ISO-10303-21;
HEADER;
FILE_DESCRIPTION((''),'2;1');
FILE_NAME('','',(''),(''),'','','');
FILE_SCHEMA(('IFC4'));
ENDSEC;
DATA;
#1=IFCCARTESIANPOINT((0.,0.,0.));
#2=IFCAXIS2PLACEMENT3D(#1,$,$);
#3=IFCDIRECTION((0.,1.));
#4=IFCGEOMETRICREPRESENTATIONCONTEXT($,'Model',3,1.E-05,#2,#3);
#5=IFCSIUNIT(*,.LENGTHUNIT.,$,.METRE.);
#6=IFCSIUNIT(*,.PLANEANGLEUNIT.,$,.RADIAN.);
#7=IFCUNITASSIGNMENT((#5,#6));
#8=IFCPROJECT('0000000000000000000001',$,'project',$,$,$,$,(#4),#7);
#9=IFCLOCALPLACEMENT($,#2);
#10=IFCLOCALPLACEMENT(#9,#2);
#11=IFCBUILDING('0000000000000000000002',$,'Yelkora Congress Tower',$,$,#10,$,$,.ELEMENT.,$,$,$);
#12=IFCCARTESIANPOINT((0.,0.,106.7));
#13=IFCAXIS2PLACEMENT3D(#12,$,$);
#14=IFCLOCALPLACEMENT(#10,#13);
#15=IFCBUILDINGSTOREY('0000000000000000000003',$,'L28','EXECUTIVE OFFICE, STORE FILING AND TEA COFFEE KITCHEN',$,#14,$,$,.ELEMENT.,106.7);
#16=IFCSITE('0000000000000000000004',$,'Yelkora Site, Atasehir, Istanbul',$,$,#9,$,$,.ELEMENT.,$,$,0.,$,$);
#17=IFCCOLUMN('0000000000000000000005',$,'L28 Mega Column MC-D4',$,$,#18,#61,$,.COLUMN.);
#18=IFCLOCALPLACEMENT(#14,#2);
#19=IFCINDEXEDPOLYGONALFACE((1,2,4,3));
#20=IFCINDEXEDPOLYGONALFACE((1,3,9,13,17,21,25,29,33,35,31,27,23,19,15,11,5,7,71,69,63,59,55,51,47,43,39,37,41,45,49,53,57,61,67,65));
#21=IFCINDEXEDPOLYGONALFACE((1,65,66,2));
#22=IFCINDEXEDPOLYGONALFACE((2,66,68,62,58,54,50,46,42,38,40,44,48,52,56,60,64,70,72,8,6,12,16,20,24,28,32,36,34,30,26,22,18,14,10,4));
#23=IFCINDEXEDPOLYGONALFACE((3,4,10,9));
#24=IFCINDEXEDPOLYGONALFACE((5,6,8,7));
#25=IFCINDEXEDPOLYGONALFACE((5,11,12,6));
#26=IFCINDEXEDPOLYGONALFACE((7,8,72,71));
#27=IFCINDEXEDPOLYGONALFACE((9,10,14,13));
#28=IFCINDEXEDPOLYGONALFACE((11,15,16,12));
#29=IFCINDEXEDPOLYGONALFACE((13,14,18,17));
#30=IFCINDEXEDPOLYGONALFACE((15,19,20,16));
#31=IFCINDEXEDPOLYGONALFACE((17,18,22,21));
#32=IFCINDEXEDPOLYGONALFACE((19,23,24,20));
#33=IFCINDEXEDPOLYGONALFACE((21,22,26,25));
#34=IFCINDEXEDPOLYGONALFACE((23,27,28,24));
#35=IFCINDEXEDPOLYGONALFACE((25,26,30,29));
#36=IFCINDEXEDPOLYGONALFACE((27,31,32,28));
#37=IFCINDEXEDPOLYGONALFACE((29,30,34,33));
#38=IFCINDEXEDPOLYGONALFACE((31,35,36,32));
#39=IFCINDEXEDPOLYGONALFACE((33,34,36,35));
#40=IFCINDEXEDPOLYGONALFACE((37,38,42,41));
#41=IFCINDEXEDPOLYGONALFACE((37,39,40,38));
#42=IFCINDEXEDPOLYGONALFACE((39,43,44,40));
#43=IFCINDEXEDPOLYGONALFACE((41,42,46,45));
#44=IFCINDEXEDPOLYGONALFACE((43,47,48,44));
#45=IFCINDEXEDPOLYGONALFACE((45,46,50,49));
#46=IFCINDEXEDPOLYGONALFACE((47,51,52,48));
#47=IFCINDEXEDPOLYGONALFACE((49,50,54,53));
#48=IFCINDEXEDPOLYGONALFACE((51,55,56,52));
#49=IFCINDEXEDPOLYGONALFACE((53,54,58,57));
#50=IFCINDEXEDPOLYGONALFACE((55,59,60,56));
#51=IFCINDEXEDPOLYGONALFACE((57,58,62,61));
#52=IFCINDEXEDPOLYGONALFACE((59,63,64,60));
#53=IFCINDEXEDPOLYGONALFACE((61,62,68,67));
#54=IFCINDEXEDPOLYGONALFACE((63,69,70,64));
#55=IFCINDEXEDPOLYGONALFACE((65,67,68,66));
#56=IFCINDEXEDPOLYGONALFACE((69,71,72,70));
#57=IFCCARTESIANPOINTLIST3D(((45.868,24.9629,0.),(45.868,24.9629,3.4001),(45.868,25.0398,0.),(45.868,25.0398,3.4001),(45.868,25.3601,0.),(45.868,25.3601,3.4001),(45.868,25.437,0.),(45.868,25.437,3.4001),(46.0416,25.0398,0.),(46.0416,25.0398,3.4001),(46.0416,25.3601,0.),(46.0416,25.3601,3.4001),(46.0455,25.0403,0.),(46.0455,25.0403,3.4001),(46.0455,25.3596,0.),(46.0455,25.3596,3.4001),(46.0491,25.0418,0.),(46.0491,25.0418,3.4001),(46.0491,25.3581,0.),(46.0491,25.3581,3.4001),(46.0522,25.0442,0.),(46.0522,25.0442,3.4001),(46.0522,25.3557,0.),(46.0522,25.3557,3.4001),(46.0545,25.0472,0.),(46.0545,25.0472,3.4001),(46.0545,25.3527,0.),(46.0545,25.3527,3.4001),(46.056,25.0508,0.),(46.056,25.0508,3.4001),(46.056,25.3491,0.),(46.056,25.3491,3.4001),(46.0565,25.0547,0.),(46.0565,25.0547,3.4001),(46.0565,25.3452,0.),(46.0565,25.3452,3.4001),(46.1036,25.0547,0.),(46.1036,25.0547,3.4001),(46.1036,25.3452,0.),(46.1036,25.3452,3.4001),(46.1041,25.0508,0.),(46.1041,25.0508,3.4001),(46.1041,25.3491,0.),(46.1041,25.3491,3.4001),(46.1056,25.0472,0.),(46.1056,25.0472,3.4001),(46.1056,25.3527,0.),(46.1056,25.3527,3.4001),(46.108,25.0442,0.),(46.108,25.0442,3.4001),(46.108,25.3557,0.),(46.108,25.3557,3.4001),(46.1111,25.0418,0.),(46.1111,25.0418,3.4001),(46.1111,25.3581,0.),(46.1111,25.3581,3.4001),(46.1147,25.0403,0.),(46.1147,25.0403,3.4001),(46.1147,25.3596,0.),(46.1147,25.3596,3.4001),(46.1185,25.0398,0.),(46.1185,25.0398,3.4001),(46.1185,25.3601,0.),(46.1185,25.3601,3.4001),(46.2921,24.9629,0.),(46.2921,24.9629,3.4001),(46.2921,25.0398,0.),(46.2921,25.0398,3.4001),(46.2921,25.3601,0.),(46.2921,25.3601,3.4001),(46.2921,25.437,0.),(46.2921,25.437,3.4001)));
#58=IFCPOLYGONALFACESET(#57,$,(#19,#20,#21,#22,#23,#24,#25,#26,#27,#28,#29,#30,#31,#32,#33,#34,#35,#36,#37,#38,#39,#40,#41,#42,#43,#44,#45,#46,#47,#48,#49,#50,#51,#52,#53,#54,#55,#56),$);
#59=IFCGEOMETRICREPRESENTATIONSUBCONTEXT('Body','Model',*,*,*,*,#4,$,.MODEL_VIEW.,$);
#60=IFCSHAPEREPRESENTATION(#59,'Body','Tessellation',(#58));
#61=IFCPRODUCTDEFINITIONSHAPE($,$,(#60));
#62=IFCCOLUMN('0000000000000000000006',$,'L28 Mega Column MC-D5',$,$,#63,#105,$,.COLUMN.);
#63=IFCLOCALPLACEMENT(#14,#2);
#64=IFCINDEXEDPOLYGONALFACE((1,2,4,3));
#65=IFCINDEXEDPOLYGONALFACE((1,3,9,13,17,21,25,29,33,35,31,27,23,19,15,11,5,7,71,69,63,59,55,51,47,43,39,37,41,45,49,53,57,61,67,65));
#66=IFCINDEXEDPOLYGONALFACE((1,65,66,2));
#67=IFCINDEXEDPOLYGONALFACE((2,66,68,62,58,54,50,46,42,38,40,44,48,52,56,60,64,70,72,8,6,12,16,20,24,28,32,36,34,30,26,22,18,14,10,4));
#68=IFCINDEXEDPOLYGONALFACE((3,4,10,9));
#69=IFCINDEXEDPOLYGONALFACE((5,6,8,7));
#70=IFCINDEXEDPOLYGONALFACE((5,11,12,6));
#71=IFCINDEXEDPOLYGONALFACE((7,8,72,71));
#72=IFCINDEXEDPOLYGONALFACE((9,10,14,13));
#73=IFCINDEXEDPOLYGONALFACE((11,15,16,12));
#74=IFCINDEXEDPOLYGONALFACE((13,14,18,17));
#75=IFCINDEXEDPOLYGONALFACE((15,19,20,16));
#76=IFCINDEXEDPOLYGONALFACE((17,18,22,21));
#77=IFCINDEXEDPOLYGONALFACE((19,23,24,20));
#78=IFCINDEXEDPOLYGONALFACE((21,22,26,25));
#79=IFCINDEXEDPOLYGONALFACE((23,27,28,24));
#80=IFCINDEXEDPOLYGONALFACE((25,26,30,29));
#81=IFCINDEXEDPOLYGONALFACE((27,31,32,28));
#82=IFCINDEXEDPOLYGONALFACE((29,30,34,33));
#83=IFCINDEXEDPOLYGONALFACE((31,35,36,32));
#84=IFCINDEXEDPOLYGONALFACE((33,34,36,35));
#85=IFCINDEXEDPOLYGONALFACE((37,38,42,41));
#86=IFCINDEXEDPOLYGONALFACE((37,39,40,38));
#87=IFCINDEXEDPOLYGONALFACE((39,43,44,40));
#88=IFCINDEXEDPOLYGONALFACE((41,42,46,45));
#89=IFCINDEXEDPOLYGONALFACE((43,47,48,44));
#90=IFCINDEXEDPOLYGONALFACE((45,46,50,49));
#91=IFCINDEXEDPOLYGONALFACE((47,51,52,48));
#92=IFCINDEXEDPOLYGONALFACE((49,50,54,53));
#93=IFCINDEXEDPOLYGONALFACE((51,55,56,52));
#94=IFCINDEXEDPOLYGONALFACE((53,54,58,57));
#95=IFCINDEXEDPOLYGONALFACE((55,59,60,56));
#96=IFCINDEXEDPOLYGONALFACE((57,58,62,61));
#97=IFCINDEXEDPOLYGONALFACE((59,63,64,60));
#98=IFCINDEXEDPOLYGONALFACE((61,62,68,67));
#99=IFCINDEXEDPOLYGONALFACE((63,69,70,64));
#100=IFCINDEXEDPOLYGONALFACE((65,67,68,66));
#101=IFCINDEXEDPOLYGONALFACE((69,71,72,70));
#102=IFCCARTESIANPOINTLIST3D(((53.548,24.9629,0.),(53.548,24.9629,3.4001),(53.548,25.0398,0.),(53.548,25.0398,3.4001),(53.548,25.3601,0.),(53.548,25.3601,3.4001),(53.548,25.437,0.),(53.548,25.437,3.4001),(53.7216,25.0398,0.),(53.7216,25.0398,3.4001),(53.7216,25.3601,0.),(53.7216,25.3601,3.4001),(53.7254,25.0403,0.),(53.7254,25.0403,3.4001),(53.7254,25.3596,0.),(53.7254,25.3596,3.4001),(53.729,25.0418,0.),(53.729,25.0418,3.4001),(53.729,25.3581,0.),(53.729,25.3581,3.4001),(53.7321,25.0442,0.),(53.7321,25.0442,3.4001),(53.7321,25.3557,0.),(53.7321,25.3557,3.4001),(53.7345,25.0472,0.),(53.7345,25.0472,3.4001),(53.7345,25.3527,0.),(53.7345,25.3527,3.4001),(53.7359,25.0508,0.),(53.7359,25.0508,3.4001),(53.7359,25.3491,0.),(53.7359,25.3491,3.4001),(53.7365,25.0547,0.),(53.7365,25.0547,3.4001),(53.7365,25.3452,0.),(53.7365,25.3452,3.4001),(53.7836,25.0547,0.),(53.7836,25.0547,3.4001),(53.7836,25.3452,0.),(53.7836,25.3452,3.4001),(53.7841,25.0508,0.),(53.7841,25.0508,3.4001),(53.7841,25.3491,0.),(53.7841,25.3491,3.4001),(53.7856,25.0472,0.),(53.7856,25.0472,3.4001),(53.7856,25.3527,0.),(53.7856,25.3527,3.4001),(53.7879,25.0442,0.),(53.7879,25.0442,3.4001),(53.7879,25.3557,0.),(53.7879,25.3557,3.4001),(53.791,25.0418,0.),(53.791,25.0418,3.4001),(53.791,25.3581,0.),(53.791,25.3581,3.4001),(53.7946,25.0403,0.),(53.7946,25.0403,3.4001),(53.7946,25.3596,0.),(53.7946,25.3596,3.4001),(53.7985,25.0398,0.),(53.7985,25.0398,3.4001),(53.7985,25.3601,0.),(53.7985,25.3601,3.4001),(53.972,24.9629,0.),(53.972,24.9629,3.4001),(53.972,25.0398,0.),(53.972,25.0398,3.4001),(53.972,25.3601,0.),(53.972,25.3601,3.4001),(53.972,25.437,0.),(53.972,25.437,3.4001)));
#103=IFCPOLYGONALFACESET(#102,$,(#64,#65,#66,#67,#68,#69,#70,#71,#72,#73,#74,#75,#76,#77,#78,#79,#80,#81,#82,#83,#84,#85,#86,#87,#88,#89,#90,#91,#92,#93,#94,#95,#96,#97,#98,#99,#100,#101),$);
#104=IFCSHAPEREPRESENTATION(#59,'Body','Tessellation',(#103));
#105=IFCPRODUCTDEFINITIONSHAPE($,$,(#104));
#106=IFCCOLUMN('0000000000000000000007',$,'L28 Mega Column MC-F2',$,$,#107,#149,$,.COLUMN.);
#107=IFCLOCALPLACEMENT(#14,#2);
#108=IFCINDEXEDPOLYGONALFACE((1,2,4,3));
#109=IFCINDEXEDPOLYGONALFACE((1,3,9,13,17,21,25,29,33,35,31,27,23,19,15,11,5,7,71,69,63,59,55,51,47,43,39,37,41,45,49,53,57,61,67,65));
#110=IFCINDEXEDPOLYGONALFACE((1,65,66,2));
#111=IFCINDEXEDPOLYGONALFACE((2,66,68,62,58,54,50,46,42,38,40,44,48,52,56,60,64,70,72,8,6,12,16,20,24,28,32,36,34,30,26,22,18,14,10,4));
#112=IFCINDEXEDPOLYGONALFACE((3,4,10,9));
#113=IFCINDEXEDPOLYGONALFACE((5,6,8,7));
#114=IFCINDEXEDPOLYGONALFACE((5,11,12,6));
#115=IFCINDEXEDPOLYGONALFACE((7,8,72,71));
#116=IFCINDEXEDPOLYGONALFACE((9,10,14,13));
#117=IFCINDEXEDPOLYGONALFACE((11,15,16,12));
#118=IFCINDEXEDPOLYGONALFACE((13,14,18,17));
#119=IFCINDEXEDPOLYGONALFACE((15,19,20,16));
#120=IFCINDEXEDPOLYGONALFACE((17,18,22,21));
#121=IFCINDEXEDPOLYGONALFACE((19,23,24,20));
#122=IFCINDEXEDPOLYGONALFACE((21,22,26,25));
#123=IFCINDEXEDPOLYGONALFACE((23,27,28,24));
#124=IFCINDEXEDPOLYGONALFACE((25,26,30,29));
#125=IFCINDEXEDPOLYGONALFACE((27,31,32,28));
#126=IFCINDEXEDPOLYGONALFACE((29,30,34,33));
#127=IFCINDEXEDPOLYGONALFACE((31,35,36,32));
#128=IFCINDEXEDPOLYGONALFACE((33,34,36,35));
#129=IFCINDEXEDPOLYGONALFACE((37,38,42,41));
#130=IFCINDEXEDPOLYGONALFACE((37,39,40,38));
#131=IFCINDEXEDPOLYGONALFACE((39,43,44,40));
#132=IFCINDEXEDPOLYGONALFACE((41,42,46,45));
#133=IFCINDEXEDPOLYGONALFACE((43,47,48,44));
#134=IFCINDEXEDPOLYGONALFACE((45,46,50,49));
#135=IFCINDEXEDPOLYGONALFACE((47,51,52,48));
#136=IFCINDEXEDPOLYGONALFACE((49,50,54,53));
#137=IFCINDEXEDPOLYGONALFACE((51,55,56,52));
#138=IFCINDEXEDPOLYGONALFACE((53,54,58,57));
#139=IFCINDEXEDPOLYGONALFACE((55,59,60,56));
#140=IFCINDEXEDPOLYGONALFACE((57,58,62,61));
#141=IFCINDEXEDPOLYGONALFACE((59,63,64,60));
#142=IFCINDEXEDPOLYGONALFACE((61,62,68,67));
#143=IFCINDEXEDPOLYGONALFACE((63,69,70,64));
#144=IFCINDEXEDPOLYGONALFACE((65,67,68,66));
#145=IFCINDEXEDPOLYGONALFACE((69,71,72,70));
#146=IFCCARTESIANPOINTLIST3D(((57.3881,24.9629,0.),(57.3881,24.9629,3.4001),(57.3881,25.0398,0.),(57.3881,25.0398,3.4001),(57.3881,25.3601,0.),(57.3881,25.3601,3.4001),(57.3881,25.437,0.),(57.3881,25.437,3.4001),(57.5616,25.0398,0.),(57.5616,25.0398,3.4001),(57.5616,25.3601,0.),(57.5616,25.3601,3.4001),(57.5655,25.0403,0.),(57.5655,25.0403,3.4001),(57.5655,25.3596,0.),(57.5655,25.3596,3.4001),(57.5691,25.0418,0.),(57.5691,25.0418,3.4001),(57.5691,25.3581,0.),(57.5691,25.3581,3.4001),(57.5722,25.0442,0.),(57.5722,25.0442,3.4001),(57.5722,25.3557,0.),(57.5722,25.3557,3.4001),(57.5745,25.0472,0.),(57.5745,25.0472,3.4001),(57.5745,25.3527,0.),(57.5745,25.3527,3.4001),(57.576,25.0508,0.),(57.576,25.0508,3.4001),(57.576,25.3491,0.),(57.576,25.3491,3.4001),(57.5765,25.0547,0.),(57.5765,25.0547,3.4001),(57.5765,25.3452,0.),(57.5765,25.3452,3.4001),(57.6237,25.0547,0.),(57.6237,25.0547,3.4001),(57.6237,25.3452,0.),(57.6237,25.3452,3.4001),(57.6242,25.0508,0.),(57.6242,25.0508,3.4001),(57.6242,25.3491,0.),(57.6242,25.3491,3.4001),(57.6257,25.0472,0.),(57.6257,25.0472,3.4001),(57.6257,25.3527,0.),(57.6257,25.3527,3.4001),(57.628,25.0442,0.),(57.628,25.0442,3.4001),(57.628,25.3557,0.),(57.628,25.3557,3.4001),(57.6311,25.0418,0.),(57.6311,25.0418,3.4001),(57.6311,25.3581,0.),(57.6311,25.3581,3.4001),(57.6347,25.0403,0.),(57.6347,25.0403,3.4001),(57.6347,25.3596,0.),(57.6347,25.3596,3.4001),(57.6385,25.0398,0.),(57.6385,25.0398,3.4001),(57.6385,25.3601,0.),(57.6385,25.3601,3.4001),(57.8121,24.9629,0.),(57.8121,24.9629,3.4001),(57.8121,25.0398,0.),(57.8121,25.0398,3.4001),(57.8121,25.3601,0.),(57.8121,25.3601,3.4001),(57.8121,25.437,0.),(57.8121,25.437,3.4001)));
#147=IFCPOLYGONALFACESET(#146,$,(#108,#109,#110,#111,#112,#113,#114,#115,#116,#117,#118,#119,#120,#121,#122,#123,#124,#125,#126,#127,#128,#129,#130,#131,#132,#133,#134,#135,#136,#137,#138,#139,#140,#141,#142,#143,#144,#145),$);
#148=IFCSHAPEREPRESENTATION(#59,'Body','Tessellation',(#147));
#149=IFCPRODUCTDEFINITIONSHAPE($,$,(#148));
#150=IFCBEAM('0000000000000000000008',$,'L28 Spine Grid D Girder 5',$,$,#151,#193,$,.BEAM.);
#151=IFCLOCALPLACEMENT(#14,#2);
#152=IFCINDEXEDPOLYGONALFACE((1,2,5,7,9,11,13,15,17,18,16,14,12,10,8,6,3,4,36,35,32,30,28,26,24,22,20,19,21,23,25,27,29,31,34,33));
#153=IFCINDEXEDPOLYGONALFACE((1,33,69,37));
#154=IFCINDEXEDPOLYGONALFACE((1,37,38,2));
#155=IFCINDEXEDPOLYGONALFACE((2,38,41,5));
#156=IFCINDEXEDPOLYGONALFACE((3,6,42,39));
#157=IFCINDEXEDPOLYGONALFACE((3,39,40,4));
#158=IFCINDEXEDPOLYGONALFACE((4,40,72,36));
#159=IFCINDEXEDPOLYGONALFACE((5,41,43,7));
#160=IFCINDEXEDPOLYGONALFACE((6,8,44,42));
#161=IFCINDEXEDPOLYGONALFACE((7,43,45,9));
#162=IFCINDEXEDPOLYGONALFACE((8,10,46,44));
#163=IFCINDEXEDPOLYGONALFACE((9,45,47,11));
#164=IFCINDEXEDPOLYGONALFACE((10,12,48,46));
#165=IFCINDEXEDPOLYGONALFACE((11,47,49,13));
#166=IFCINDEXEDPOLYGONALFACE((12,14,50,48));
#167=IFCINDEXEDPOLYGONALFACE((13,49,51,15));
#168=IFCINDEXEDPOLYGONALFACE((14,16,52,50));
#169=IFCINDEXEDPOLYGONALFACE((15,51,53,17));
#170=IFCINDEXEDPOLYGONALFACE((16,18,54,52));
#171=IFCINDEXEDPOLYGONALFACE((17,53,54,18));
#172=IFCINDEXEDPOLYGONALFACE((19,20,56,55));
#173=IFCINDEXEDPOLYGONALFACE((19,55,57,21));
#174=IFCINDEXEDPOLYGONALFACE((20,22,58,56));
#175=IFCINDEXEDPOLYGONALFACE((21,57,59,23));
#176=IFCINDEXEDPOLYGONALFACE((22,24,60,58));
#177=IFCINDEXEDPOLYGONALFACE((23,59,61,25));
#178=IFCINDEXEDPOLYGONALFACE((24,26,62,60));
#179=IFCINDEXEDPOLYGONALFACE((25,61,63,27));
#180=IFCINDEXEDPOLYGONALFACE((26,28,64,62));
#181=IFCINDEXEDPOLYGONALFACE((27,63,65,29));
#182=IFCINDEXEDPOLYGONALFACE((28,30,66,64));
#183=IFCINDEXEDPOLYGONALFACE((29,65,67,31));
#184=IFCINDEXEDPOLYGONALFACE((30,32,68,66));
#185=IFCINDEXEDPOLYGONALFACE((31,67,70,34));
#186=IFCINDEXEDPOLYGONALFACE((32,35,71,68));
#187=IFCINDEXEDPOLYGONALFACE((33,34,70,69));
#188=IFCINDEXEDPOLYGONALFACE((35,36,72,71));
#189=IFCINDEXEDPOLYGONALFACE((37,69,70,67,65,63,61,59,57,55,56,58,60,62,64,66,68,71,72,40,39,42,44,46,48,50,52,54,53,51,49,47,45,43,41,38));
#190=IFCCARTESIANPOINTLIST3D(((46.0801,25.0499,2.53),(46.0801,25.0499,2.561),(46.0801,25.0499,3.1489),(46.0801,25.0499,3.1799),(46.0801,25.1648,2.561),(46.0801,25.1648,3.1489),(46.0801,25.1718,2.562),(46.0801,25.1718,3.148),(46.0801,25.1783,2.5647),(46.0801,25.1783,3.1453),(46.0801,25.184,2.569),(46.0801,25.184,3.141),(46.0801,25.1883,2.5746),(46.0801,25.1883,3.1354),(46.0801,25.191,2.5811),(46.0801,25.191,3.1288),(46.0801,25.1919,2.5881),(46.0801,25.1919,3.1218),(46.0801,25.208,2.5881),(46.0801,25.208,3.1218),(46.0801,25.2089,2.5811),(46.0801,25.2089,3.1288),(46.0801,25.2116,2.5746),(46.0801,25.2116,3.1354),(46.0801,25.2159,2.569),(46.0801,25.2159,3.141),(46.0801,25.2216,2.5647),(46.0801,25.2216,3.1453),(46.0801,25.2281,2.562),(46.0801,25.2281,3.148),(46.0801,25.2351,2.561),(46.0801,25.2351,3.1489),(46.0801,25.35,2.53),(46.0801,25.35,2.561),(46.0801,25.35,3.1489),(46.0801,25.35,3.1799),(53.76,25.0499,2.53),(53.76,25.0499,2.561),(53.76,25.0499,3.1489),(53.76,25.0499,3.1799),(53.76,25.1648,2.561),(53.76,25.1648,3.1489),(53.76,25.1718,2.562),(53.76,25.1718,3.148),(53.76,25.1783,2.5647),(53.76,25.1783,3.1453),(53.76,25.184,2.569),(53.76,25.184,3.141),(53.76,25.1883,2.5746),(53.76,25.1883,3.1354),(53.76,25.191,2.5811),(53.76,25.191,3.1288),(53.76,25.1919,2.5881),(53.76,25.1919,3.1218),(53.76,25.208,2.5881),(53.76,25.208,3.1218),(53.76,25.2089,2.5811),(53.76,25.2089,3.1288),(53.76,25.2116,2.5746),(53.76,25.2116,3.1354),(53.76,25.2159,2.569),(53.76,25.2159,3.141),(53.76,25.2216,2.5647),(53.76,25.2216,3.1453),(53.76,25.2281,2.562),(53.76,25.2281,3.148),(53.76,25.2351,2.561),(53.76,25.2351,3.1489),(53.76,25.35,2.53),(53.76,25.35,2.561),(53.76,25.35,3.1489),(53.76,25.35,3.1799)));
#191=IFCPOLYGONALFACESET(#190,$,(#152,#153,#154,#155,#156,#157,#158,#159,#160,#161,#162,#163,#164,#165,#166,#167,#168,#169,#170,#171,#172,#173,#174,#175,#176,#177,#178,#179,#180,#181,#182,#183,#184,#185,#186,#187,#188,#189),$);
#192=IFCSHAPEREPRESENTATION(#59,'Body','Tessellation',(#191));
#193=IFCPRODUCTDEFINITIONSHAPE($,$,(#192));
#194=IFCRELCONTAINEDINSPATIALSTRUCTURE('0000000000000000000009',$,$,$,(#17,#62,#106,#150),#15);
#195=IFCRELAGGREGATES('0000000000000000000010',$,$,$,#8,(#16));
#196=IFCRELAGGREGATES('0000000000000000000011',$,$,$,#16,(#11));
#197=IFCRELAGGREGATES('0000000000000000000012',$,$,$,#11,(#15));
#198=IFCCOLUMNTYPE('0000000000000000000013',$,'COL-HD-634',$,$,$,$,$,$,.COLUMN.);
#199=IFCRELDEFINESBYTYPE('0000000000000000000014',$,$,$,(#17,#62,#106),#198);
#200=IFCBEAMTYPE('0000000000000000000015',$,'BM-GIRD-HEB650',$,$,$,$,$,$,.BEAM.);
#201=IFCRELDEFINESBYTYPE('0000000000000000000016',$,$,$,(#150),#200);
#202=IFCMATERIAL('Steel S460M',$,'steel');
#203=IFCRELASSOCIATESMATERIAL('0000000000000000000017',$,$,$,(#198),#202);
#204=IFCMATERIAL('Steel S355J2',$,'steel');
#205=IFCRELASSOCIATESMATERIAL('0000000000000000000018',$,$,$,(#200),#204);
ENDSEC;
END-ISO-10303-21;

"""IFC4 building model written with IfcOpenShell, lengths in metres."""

from ifc_helpers import new_model, si_unit, direction, frame, origin, origin_2d, place, context, subcontext, project, spatial, i_section, extrude, material, material_profile, profile_set, type_object, element, save


model = new_model("IFC4")

# Units and contexts
model_context = context("Model", 3, precision=1e-05, world=origin(), true_north=direction((0.0, 1.0)))
body_context = subcontext(model_context, "Body", "Model", "MODEL_VIEW")
ifc_project = project(units=[si_unit("LENGTHUNIT", "METRE"), si_unit("PLANEANGLEUNIT", "RADIAN")], contexts=[model_context])

# Site, building, storey
site_placement = place(None, origin())
site = spatial("IfcSite", under=ifc_project, at=site_placement, Name="Yelkora Site, Atasehir, Istanbul", CompositionType="ELEMENT", RefElevation=0.0)
building_placement = place(site_placement, origin())
building = spatial("IfcBuilding", under=site, at=building_placement, Name="Yelkora Congress Tower", CompositionType="ELEMENT")
storey_placement = place(building_placement, frame((0.0, 0.0, 106.7)))
storey = spatial("IfcBuildingStorey", under=building, at=storey_placement, Name="L28", Description="EXECUTIVE OFFICE, STORE FILING AND TEA COFFEE KITCHEN", CompositionType="ELEMENT", Elevation=106.7)

# Columns
ifc_material_1 = material(Name="Steel S460M", Category="steel")
ifc_material_profile_1 = material_profile(ifc_material_1, i_section(OverallWidth=0.4241, OverallDepth=0.4741, WebThickness=0.0471, FlangeThickness=0.0769, FilletRadius=0.0149, at=origin_2d()), Name="HD 400x634")
ifc_profile_set_1 = profile_set([ifc_material_profile_1], Name="Steel S460M")
column_type = type_object("IfcColumnType", Name="COL-HD-634", PredefinedType="COLUMN", material=ifc_profile_set_1)
for number, where, z_axis, x_axis, name in (
    (1, (46.0801, 25.2, 0.0), (0.0, 0.0, 1.0), (1.0, 0.0, 0.0), "L28 Mega Column MC-D4"),
    (2, (53.76, 25.2, 0.0), (0.0, 0.0, 1.0), (1.0, 0.0, 0.0), "L28 Mega Column MC-D5"),
    (3, (57.6001, 25.2, 0.0), (0.0, 0.0, 1.0), (1.0, 0.0, 0.0), "L28 Mega Column MC-F2"),
):
    element("IfcColumn", number, at=place(storey_placement, frame(where, z_axis=z_axis, x_axis=x_axis)), inside=storey, type_object=column_type, Name=name, PredefinedType="COLUMN", context=body_context, shape_type="SweptSolid", body=[
        extrude(i_section(OverallWidth=0.4241, OverallDepth=0.4741, WebThickness=0.0471, FlangeThickness=0.0769, FilletRadius=0.0149, at=origin_2d()), origin(), (0.0, 0.0, 1.0), 3.4001),
    ])

# Beam
ifc_material_2 = material(Name="Steel S355J2", Category="steel")
ifc_material_profile_2 = material_profile(ifc_material_2, i_section(OverallWidth=0.3, OverallDepth=0.6499, WebThickness=0.0161, FlangeThickness=0.031, FilletRadius=0.0271, at=origin_2d()), Name="HEB 650")
ifc_profile_set_2 = profile_set([ifc_material_profile_2], Name="Steel S355J2")
beam_type_1 = type_object("IfcBeamType", Name="BM-GIRD-HEB650", PredefinedType="BEAM", material=ifc_profile_set_2)
beam_1_placement = place(storey_placement, frame((46.0801, 25.2, 2.855), z_axis=(1.0, 0.0, 0.0), x_axis=(0.0, 1.0, 0.0)))
element("IfcBeam", 4, at=beam_1_placement, inside=storey, type_object=beam_type_1, Name="L28 Spine Grid D Girder 5", PredefinedType="BEAM", context=body_context, shape_type="SweptSolid", body=[
    extrude(i_section(OverallWidth=0.3, OverallDepth=0.6499, WebThickness=0.0161, FlangeThickness=0.031, FilletRadius=0.0271, at=origin_2d()), origin(), (0.0, 0.0, 1.0), 7.6799),
])

save(model, "model.ifc")
